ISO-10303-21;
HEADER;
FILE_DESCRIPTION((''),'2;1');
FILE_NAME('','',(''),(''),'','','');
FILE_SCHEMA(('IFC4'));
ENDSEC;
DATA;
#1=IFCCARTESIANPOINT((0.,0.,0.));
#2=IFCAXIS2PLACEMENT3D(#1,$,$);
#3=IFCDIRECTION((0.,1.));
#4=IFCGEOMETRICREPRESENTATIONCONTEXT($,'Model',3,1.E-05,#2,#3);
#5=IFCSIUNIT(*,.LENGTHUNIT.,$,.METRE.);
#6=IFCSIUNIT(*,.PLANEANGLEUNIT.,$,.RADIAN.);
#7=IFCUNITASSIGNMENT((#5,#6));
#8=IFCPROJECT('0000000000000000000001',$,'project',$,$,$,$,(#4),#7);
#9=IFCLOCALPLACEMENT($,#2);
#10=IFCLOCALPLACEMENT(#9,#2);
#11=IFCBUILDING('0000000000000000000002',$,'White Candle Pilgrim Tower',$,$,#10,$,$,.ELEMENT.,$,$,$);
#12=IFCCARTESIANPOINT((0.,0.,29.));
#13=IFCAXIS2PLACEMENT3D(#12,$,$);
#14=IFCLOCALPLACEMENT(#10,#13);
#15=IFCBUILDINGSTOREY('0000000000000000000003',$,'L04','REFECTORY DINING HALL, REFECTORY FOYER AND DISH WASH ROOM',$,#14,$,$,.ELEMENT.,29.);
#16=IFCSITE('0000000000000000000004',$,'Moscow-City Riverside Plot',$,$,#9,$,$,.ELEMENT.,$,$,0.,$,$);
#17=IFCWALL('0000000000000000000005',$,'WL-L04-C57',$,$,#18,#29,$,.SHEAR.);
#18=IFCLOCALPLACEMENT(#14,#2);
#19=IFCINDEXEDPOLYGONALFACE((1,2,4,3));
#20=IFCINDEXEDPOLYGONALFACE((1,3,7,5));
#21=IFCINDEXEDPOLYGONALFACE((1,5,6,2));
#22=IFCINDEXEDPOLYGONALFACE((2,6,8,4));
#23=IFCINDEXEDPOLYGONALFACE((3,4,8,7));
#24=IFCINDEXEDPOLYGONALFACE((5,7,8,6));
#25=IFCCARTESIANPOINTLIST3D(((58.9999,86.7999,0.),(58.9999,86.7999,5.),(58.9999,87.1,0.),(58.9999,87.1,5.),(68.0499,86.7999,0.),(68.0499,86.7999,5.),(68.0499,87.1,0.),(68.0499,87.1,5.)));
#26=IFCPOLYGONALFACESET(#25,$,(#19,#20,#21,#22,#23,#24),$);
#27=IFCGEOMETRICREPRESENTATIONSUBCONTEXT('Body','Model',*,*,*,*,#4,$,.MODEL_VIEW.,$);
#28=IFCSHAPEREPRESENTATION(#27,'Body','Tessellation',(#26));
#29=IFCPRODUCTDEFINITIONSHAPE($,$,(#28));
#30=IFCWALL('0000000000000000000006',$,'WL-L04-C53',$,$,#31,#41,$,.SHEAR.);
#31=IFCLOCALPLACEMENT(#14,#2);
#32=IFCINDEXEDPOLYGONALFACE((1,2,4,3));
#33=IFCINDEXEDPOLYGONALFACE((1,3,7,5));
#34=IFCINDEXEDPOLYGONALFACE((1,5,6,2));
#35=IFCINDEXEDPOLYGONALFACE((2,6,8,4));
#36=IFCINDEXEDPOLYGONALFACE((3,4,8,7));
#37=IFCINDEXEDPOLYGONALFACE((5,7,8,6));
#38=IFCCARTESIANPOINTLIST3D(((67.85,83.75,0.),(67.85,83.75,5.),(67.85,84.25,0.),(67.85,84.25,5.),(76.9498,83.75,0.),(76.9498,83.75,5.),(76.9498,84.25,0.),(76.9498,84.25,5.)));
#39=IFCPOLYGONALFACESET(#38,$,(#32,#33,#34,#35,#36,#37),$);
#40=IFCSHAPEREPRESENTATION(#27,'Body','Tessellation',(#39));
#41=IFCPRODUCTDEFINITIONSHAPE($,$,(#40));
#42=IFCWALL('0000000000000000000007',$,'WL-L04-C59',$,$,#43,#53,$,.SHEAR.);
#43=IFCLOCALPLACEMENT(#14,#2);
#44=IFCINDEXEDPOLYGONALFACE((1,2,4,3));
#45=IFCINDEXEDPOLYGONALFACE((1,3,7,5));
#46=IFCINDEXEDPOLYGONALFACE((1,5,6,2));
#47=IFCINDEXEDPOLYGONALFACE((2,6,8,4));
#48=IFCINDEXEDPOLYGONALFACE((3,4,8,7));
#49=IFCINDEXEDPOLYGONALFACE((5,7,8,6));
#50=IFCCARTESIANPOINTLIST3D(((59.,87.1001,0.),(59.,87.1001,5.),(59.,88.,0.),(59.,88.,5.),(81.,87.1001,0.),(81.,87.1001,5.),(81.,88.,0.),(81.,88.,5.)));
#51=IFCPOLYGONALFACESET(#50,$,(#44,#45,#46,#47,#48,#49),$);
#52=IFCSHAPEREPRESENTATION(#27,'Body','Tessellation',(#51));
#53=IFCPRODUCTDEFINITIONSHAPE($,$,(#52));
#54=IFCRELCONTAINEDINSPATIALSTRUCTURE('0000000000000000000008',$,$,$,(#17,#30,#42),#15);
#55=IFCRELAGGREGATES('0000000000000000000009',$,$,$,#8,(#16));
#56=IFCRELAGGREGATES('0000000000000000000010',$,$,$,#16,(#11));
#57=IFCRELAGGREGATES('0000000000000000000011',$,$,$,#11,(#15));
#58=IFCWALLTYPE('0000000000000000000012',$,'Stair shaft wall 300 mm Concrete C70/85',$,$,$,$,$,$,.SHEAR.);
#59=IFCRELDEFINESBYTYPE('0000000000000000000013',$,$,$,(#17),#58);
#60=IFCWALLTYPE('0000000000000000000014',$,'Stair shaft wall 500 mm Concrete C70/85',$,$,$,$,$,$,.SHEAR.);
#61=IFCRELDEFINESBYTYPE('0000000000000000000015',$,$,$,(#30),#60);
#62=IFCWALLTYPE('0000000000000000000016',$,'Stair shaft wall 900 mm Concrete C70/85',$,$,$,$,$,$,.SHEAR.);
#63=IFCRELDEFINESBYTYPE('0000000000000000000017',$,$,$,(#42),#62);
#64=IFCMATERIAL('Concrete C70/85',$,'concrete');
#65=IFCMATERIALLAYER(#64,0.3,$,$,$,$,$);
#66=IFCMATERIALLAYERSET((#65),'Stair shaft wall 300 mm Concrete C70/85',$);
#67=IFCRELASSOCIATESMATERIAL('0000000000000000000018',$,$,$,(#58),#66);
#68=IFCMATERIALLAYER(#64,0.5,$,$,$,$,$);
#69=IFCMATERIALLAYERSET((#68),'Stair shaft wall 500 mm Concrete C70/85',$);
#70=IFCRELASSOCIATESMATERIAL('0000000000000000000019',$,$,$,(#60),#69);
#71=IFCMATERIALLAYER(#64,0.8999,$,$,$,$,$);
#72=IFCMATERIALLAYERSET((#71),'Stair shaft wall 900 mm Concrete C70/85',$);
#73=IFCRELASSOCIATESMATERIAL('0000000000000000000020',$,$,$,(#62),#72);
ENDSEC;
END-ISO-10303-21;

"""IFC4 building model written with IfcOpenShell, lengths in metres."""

from ifc_helpers import new_model, si_unit, direction, frame, frame_2d, origin, place, context, subcontext, project, spatial, rectangle, extrude, material, layer, layer_set, type_object, element, save


model = new_model("IFC4")

# Units and contexts
model_context = context("Model", 3, precision=1e-05, world=origin(), true_north=direction((0.0, 1.0)))
body_context = subcontext(model_context, "Body", "Model", "MODEL_VIEW")
ifc_project = project(units=[si_unit("LENGTHUNIT", "METRE"), si_unit("PLANEANGLEUNIT", "RADIAN")], contexts=[model_context])

# Site, building, storey
site_placement = place(None, origin())
site = spatial("IfcSite", under=ifc_project, at=site_placement, Name="Moscow-City Riverside Plot", CompositionType="ELEMENT", RefElevation=0.0)
building_placement = place(site_placement, origin())
building = spatial("IfcBuilding", under=site, at=building_placement, Name="White Candle Pilgrim Tower", CompositionType="ELEMENT")
storey_placement = place(building_placement, frame((0.0, 0.0, 29.0)))
storey = spatial("IfcBuildingStorey", under=building, at=storey_placement, Name="L04", Description="REFECTORY DINING HALL, REFECTORY FOYER AND DISH WASH ROOM", CompositionType="ELEMENT", Elevation=29.0)

# Shared definitions
ifc_material_1 = material(Name="Concrete C70/85", Category="concrete")

# Walls
ifc_layer_1 = layer(ifc_material_1, 0.3)
ifc_layer_set_1 = layer_set([ifc_layer_1], Name="Stair shaft wall 300 mm Concrete C70/85")
wall_type_1 = type_object("IfcWallType", Name="Stair shaft wall 300 mm Concrete C70/85", PredefinedType="SHEAR", material=ifc_layer_set_1)
wall_1_placement = place(storey_placement, frame((59.0, 86.95, 0.0), z_axis=(0.0, 0.0, 1.0), x_axis=(1.0, 0.0, 0.0)))
element("IfcWall", 1, at=wall_1_placement, inside=storey, type_object=wall_type_1, Name="WL-L04-C57", PredefinedType="SHEAR", context=body_context, shape_type="SweptSolid", body=[
    extrude(rectangle(XDim=9.05, YDim=0.3, at=frame_2d((4.5249, 0.0))), origin(), (0.0, 0.0, 1.0), 5.0),
])
ifc_layer_2 = layer(ifc_material_1, 0.5)
ifc_layer_set_2 = layer_set([ifc_layer_2], Name="Stair shaft wall 500 mm Concrete C70/85")
wall_type_2 = type_object("IfcWallType", Name="Stair shaft wall 500 mm Concrete C70/85", PredefinedType="SHEAR", material=ifc_layer_set_2)
wall_2_placement = place(storey_placement, frame((67.8501, 84.0, 0.0), z_axis=(0.0, 0.0, 1.0), x_axis=(1.0, 0.0, 0.0)))
element("IfcWall", 2, at=wall_2_placement, inside=storey, type_object=wall_type_2, Name="WL-L04-C53", PredefinedType="SHEAR", context=body_context, shape_type="SweptSolid", body=[
    extrude(rectangle(XDim=9.0999, YDim=0.5, at=frame_2d((4.5498, 0.0))), origin(), (0.0, 0.0, 1.0), 5.0),
])
ifc_layer_3 = layer(ifc_material_1, 0.8999)
ifc_layer_set_3 = layer_set([ifc_layer_3], Name="Stair shaft wall 900 mm Concrete C70/85")
wall_type_3 = type_object("IfcWallType", Name="Stair shaft wall 900 mm Concrete C70/85", PredefinedType="SHEAR", material=ifc_layer_set_3)
wall_3_placement = place(storey_placement, frame((59.0, 87.55, 0.0), z_axis=(0.0, 0.0, 1.0), x_axis=(1.0, 0.0, 0.0)))
element("IfcWall", 3, at=wall_3_placement, inside=storey, type_object=wall_type_3, Name="WL-L04-C59", PredefinedType="SHEAR", context=body_context, shape_type="SweptSolid", body=[
    extrude(rectangle(XDim=22.0, YDim=0.8999, at=frame_2d((11.0, 0.0))), origin(), (0.0, 0.0, 1.0), 5.0),
])

save(model, "model.ifc")
